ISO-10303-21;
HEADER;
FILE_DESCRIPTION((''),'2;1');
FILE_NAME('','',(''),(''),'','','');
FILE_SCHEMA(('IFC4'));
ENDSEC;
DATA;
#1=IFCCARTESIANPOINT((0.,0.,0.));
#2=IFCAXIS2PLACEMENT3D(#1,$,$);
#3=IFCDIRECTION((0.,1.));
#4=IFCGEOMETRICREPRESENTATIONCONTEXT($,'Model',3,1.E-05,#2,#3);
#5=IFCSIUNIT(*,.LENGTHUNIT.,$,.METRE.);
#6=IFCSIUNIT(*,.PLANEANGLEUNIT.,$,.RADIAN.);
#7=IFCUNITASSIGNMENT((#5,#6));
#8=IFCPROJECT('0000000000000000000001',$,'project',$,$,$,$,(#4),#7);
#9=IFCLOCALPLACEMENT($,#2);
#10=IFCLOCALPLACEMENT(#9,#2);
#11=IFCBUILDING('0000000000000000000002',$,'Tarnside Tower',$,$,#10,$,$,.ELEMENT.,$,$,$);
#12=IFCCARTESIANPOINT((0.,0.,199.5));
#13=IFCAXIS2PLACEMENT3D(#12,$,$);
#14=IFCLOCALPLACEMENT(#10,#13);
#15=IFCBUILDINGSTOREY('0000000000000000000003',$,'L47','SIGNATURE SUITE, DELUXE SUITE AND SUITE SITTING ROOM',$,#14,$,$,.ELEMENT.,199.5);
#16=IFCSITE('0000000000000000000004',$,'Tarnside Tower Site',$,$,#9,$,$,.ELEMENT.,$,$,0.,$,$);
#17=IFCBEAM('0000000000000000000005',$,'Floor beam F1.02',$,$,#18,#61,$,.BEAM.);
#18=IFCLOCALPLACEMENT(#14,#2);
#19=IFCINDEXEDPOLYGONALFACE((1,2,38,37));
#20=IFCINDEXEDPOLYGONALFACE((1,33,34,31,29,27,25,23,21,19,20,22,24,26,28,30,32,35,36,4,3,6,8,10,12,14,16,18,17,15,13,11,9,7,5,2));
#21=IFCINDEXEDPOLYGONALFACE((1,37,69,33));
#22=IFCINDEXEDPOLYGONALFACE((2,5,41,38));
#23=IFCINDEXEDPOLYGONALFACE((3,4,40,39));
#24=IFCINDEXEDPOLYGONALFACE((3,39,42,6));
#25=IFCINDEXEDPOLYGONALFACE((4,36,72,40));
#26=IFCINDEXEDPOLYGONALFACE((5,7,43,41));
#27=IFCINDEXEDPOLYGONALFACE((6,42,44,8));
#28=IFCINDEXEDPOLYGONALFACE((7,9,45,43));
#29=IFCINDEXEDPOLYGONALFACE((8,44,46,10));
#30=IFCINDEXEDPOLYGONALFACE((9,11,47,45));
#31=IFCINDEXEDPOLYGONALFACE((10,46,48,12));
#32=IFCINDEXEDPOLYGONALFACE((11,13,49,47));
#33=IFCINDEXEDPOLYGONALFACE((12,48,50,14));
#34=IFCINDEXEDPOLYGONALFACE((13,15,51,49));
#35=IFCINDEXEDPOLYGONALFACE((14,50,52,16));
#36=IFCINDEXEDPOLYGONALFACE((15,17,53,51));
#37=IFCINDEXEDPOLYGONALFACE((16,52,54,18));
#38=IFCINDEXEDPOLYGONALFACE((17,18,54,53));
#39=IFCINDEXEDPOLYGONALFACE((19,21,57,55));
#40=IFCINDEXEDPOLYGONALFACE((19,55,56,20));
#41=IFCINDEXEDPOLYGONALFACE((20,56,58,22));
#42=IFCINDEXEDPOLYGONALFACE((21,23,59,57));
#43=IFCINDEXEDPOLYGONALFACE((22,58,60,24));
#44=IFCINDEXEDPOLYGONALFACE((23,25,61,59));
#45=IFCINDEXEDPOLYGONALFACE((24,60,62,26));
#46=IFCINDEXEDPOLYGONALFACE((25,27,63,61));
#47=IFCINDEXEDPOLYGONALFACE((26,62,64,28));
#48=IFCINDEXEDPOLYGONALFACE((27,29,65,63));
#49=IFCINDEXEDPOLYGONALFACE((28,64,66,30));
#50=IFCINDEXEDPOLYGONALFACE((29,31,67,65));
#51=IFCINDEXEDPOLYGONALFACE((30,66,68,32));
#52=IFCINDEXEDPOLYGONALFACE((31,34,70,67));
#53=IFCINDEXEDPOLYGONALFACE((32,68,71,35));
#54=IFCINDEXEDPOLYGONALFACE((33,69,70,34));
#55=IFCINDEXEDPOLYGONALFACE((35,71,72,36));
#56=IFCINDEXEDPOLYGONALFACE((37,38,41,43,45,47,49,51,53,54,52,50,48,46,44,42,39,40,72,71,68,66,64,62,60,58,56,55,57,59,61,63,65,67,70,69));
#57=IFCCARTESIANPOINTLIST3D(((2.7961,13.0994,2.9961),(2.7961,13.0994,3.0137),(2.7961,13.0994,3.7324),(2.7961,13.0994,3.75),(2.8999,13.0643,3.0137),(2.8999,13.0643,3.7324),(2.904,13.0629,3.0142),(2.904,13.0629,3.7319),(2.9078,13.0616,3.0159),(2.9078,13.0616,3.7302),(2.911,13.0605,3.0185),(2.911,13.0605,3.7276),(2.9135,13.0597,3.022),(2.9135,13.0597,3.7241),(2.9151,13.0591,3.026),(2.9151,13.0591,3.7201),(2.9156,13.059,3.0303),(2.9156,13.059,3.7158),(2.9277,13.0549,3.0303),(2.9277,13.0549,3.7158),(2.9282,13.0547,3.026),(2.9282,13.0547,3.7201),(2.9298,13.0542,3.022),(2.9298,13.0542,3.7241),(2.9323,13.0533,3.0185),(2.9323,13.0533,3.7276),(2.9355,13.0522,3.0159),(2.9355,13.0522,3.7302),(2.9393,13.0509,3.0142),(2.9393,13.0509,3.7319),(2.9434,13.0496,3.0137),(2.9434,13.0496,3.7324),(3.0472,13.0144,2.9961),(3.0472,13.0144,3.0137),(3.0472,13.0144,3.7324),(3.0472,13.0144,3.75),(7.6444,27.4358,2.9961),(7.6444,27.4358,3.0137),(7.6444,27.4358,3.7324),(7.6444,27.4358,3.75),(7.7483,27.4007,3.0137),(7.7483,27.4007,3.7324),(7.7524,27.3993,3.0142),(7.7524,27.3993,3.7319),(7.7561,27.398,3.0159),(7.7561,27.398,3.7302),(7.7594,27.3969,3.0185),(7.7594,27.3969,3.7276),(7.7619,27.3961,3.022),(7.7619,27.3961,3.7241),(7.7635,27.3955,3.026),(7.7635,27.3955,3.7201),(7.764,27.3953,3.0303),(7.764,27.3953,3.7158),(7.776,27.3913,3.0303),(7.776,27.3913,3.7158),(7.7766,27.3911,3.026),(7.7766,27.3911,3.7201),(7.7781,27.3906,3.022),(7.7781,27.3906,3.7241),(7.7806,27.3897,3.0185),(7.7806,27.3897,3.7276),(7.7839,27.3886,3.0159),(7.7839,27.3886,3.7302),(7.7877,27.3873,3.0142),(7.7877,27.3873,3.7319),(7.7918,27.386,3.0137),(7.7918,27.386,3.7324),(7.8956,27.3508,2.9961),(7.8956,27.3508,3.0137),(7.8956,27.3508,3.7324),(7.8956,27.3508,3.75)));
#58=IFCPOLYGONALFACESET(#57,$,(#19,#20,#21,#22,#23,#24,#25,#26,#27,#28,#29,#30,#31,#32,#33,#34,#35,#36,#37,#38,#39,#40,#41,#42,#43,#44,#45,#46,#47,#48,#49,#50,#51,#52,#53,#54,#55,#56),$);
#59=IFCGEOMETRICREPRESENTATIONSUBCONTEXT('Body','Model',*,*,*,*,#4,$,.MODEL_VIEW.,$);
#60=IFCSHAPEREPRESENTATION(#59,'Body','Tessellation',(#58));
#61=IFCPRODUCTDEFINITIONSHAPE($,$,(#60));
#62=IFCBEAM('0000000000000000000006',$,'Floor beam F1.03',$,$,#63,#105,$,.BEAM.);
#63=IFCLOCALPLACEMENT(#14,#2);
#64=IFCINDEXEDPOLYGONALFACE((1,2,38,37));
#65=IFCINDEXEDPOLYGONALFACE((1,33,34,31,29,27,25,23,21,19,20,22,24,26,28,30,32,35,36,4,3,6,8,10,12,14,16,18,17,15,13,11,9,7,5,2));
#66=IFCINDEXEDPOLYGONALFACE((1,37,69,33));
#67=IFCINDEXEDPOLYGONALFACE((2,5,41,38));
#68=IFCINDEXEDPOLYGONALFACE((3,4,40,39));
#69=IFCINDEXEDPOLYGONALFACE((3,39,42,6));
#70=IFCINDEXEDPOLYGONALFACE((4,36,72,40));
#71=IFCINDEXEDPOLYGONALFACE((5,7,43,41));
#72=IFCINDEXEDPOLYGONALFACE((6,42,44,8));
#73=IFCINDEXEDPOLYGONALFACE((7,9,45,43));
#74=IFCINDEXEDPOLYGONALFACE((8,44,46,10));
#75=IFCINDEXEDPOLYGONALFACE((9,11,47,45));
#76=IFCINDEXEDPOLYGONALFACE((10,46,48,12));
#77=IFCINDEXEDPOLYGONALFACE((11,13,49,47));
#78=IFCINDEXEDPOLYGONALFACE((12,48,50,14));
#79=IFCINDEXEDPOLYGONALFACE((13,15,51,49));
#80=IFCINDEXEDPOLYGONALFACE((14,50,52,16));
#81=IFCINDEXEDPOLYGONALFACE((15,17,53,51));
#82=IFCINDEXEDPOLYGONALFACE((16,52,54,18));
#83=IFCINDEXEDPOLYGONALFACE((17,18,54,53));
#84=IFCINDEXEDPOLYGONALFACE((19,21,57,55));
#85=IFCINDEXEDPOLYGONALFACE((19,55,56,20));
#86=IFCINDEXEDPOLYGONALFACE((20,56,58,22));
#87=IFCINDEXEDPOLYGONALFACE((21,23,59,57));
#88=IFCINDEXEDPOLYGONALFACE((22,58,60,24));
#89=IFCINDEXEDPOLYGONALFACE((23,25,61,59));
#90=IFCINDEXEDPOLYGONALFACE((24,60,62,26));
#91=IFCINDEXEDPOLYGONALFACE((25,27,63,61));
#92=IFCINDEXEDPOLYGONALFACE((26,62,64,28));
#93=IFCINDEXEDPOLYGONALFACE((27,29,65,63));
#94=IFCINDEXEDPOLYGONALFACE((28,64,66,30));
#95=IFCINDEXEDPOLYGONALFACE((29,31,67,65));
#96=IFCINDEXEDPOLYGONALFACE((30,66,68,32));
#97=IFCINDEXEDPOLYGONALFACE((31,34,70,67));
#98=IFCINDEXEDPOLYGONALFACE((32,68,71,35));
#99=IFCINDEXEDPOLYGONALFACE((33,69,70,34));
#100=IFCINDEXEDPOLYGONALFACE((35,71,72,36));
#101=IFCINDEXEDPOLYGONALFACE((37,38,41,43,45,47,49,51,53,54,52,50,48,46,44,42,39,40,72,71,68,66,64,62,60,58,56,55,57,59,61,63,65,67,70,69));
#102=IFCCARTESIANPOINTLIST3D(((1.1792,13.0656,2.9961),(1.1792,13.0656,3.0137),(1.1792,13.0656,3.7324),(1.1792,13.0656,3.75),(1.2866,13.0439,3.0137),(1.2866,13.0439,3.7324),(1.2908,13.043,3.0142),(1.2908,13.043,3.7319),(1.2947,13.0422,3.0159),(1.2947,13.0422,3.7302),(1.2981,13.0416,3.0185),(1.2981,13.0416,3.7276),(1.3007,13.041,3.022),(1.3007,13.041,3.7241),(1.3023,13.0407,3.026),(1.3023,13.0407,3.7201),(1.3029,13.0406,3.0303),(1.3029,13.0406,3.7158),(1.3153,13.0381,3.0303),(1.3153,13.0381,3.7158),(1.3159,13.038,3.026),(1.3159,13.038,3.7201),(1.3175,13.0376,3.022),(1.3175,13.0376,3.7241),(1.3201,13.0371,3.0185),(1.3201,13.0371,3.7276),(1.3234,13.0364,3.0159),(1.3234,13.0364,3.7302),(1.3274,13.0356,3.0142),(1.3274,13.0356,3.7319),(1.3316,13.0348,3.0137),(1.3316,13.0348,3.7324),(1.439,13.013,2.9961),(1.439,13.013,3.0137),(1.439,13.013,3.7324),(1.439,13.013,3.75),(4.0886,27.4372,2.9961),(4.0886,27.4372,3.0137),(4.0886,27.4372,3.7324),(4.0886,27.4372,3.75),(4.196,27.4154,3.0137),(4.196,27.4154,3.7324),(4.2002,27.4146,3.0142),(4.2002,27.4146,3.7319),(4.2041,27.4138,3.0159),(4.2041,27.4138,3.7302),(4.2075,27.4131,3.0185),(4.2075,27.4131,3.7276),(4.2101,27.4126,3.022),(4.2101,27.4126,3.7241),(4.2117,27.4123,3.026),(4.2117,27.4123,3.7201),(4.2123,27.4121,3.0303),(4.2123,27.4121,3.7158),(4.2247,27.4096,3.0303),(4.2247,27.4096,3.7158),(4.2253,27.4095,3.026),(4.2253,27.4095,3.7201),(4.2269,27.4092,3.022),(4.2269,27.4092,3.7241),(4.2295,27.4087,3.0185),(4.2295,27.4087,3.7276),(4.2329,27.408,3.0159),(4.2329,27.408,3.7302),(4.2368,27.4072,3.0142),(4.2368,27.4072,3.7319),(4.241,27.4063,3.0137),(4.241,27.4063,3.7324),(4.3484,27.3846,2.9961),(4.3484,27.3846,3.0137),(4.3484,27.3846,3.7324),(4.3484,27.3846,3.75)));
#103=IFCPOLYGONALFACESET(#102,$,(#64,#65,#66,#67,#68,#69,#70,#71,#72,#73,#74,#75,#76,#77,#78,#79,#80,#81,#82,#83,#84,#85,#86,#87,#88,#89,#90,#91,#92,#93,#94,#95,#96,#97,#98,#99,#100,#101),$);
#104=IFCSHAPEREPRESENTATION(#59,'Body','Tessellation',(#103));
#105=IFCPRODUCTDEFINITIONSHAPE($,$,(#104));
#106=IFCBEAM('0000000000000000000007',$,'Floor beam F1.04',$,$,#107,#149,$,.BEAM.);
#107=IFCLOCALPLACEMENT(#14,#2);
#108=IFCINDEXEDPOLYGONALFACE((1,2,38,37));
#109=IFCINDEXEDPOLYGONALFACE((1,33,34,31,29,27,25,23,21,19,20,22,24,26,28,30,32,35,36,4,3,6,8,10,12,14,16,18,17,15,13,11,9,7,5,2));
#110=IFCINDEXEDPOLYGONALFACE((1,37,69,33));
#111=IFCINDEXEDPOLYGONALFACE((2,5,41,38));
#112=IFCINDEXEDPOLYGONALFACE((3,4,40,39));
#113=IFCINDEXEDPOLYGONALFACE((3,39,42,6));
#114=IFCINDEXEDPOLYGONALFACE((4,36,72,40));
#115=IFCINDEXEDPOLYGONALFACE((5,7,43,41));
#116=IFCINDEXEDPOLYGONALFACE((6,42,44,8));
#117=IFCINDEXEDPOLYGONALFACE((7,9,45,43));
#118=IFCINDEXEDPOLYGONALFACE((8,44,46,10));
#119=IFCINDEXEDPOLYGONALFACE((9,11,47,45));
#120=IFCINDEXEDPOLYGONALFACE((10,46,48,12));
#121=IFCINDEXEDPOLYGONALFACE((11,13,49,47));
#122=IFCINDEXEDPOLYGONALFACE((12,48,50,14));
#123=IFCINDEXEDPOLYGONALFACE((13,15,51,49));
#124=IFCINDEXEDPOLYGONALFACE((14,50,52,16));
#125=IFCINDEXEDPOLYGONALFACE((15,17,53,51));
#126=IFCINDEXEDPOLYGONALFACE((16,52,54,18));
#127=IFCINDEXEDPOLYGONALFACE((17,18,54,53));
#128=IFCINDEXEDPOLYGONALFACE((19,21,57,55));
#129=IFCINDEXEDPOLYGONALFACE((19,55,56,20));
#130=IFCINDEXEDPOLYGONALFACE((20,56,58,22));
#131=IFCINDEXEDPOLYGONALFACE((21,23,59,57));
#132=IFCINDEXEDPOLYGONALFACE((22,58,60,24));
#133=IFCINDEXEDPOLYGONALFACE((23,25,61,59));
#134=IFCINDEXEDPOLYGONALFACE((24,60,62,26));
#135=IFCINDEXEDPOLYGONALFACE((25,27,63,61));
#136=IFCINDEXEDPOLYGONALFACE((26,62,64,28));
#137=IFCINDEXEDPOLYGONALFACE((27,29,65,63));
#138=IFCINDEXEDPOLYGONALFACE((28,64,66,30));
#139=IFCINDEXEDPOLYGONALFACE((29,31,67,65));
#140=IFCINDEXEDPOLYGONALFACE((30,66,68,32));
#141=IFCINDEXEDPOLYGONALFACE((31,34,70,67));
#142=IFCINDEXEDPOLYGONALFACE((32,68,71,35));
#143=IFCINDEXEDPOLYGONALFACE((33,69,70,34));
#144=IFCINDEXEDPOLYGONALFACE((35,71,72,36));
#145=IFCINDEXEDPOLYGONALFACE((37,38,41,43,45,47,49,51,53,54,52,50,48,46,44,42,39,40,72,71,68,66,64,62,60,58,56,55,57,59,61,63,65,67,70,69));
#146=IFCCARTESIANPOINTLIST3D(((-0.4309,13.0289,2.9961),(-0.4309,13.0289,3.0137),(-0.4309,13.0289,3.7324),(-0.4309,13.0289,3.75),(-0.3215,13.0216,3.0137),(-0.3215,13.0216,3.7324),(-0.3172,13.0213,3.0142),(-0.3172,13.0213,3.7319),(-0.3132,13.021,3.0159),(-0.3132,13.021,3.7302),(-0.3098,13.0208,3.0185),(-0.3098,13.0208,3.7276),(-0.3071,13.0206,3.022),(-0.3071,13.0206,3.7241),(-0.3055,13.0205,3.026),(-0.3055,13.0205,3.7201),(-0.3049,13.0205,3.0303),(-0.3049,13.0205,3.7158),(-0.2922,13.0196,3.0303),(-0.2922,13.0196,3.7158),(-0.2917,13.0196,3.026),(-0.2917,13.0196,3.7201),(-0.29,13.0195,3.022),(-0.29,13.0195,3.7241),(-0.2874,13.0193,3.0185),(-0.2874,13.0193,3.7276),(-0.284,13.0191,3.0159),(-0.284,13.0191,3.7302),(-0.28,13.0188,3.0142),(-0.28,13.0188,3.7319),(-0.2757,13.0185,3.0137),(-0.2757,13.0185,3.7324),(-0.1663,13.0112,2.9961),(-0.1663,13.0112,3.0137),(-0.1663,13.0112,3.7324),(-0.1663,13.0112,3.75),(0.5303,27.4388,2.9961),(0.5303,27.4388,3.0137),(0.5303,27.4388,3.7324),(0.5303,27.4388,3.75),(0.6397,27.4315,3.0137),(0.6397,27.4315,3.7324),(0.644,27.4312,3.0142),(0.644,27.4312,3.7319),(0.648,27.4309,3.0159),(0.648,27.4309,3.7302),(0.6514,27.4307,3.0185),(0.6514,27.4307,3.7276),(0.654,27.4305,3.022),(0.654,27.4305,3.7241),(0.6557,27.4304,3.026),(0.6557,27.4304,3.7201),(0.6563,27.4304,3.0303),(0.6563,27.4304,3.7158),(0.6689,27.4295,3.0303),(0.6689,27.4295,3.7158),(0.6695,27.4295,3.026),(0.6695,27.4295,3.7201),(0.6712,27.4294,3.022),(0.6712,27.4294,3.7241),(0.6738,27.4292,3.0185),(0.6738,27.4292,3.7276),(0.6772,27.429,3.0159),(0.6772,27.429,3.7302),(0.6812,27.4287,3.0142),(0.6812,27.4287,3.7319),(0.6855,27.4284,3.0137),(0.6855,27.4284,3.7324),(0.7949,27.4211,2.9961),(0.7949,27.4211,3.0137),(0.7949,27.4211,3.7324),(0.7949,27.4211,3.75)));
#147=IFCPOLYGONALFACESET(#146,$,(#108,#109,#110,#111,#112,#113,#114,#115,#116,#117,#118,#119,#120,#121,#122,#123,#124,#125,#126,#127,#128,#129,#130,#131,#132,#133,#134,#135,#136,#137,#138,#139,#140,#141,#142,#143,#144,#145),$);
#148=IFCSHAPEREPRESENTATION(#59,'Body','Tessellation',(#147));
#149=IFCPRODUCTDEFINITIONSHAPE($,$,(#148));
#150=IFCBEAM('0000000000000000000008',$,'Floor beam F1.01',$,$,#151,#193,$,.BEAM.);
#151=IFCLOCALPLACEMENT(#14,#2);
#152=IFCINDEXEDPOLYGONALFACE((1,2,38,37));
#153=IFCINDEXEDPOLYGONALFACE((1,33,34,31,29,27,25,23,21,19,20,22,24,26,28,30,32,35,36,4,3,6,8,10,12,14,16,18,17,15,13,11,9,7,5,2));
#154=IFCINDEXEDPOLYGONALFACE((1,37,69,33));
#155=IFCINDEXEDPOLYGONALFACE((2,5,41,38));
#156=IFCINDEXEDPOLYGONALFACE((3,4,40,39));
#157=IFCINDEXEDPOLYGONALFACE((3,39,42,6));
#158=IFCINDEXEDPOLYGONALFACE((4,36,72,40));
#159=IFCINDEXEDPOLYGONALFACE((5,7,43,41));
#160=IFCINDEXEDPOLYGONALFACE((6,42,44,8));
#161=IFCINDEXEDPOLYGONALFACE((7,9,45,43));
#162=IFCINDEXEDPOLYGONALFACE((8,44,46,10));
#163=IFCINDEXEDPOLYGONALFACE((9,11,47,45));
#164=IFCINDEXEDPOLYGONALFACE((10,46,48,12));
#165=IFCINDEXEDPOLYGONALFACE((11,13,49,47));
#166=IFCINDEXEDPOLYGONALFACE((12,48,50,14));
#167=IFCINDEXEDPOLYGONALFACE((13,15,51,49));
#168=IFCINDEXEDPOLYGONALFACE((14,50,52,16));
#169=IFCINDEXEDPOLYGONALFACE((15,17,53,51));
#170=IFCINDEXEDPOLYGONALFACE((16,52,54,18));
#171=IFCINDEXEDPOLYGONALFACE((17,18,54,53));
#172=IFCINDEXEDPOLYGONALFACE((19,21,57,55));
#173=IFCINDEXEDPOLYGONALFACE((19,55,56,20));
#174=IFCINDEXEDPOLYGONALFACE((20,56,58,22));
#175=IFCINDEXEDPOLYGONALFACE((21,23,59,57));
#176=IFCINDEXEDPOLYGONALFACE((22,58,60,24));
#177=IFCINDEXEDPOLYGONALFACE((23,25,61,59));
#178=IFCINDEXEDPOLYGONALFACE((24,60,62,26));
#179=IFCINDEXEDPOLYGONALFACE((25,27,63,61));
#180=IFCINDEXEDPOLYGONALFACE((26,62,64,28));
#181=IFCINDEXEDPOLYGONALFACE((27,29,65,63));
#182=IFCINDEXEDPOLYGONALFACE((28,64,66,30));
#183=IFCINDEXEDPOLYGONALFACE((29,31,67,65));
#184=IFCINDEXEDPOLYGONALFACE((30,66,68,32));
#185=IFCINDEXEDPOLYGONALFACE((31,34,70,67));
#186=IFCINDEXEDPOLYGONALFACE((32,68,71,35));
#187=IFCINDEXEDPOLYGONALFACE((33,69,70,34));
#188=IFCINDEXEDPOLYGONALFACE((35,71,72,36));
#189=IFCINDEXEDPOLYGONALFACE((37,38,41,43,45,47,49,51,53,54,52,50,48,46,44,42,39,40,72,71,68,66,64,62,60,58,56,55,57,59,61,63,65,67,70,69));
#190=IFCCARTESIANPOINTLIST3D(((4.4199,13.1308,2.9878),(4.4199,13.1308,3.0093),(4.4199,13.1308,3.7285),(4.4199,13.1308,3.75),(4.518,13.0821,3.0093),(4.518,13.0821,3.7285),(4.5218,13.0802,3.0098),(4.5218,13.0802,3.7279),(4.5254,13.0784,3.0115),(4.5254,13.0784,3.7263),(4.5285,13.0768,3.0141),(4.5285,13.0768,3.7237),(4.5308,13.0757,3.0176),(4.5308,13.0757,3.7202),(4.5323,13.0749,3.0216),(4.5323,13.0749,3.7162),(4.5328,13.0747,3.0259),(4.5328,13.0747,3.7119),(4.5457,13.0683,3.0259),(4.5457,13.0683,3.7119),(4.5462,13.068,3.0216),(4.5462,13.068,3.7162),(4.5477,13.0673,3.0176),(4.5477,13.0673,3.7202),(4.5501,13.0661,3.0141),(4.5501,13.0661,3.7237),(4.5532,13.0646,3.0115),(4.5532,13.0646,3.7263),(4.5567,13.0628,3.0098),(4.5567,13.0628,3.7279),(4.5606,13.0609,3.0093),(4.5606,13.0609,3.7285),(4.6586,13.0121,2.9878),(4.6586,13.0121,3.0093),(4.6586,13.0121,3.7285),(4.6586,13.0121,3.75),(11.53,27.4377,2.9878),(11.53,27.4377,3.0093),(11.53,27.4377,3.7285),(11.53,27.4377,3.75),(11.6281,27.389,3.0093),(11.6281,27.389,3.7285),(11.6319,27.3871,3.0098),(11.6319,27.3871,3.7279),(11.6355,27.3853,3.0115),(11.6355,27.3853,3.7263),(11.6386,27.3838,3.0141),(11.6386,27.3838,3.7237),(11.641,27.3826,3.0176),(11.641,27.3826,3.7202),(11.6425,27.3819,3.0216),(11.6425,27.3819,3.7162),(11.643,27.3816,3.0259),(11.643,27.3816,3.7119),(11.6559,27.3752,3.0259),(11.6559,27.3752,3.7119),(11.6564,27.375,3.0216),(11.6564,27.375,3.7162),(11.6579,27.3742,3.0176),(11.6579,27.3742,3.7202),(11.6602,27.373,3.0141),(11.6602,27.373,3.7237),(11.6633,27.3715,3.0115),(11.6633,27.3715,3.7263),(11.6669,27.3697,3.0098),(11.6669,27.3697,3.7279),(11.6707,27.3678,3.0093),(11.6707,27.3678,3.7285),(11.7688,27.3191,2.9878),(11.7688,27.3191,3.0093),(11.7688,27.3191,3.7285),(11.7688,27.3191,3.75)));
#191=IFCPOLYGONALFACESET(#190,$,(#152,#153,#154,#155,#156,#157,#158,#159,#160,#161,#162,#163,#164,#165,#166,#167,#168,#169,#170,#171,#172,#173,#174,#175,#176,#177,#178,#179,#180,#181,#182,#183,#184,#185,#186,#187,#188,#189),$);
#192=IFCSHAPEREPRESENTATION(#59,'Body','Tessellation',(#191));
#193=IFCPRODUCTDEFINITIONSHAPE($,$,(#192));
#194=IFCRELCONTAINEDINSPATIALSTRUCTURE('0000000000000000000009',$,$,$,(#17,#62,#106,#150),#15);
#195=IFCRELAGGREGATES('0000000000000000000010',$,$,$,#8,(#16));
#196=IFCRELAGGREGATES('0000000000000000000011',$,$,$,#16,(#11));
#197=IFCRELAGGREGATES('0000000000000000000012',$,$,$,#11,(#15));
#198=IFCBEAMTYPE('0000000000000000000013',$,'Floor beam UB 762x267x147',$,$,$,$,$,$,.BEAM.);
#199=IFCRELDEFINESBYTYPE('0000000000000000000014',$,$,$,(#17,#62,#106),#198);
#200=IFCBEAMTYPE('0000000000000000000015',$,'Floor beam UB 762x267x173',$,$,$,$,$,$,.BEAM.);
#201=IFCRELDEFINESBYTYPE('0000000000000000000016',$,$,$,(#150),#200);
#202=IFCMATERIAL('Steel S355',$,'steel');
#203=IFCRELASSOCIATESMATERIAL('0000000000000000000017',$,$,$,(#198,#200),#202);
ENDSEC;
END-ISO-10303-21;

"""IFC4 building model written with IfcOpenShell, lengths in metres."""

from ifc_helpers import new_model, si_unit, direction, frame, origin, origin_2d, place, context, subcontext, project, spatial, i_section, extrude, material, material_profile, profile_set, type_object, element, save


model = new_model("IFC4")

# Units and contexts
model_context = context("Model", 3, precision=1e-05, world=origin(), true_north=direction((0.0, 1.0)))
body_context = subcontext(model_context, "Body", "Model", "MODEL_VIEW")
ifc_project = project(units=[si_unit("LENGTHUNIT", "METRE"), si_unit("PLANEANGLEUNIT", "RADIAN")], contexts=[model_context])

# Site, building, storey
site_placement = place(None, origin())
site = spatial("IfcSite", under=ifc_project, at=site_placement, Name="Tarnside Tower Site", CompositionType="ELEMENT", RefElevation=0.0)
building_placement = place(site_placement, origin())
building = spatial("IfcBuilding", under=site, at=building_placement, Name="Tarnside Tower", CompositionType="ELEMENT")
storey_placement = place(building_placement, frame((0.0, 0.0, 199.5)))
storey = spatial("IfcBuildingStorey", under=building, at=storey_placement, Name="L47", Description="SIGNATURE SUITE, DELUXE SUITE AND SUITE SITTING ROOM", CompositionType="ELEMENT", Elevation=199.5)

# Beams
ifc_material_1 = material(Name="Steel S355", Category="steel")
ifc_material_profile_1 = material_profile(ifc_material_1, i_section(OverallWidth=0.2651, OverallDepth=0.7539, WebThickness=0.0127, FlangeThickness=0.0176, FilletRadius=0.0166, at=origin_2d()), Name="UB 762x267x147")
ifc_profile_set_1 = profile_set([ifc_material_profile_1], Name="Steel S355")
beam_type_1 = type_object("IfcBeamType", Name="Floor beam UB 762x267x147", PredefinedType="BEAM", material=ifc_profile_set_1)
beam_1_placement = place(storey_placement, frame((7.77, 27.3933, 3.373), z_axis=(-0.320363, -0.947295, 0.0), x_axis=(0.947295, -0.320363, 0.0)))
element("IfcBeam", 1, at=beam_1_placement, inside=storey, type_object=beam_type_1, Name="Floor beam F1.02", PredefinedType="BEAM", context=body_context, shape_type="SweptSolid", body=[
    extrude(i_section(OverallWidth=0.2651, OverallDepth=0.7539, WebThickness=0.0127, FlangeThickness=0.0176, FilletRadius=0.0166, at=origin_2d()), origin(), (0.0, 0.0, 1.0), 15.134),
])
beam_2_placement = place(storey_placement, frame((4.2185, 27.4109, 3.373), z_axis=(-0.198418, -0.980118, 0.0), x_axis=(0.980118, -0.198418, 0.0)))
element("IfcBeam", 2, at=beam_2_placement, inside=storey, type_object=beam_type_1, Name="Floor beam F1.03", PredefinedType="BEAM", context=body_context, shape_type="SweptSolid", body=[
    extrude(i_section(OverallWidth=0.2651, OverallDepth=0.7539, WebThickness=0.0127, FlangeThickness=0.0176, FilletRadius=0.0166, at=origin_2d()), origin(), (0.0, 0.0, 1.0), 14.6631),
])
beam_3_placement = place(storey_placement, frame((0.6626, 27.4299, 3.373), z_axis=(-0.066555, -0.997783, 0.0), x_axis=(0.997783, -0.066555, 0.0)))
element("IfcBeam", 3, at=beam_3_placement, inside=storey, type_object=beam_type_1, Name="Floor beam F1.04", PredefinedType="BEAM", context=body_context, shape_type="SweptSolid", body=[
    extrude(i_section(OverallWidth=0.2651, OverallDepth=0.7539, WebThickness=0.0127, FlangeThickness=0.0176, FilletRadius=0.0166, at=origin_2d()), origin(), (0.0, 0.0, 1.0), 14.4419),
])
ifc_material_profile_2 = material_profile(ifc_material_1, i_section(OverallWidth=0.2666, OverallDepth=0.7622, WebThickness=0.0144, FlangeThickness=0.0215, FilletRadius=0.0166, at=origin_2d()), Name="UB 762x267x173")
ifc_profile_set_2 = profile_set([ifc_material_profile_2], Name="Steel S355")
beam_type_2 = type_object("IfcBeamType", Name="Floor beam UB 762x267x173", PredefinedType="BEAM", material=ifc_profile_set_2)
beam_4_placement = place(storey_placement, frame((11.6494, 27.3784, 3.3689), z_axis=(-0.445042, -0.89551, 0.0), x_axis=(0.89551, -0.445042, 0.0)))
element("IfcBeam", 4, at=beam_4_placement, inside=storey, type_object=beam_type_2, Name="Floor beam F1.01", PredefinedType="BEAM", context=body_context, shape_type="SweptSolid", body=[
    extrude(i_section(OverallWidth=0.2666, OverallDepth=0.7622, WebThickness=0.0144, FlangeThickness=0.0215, FilletRadius=0.0166, at=origin_2d()), origin(), (0.0, 0.0, 1.0), 15.9763),
])

save(model, "model.ifc")
